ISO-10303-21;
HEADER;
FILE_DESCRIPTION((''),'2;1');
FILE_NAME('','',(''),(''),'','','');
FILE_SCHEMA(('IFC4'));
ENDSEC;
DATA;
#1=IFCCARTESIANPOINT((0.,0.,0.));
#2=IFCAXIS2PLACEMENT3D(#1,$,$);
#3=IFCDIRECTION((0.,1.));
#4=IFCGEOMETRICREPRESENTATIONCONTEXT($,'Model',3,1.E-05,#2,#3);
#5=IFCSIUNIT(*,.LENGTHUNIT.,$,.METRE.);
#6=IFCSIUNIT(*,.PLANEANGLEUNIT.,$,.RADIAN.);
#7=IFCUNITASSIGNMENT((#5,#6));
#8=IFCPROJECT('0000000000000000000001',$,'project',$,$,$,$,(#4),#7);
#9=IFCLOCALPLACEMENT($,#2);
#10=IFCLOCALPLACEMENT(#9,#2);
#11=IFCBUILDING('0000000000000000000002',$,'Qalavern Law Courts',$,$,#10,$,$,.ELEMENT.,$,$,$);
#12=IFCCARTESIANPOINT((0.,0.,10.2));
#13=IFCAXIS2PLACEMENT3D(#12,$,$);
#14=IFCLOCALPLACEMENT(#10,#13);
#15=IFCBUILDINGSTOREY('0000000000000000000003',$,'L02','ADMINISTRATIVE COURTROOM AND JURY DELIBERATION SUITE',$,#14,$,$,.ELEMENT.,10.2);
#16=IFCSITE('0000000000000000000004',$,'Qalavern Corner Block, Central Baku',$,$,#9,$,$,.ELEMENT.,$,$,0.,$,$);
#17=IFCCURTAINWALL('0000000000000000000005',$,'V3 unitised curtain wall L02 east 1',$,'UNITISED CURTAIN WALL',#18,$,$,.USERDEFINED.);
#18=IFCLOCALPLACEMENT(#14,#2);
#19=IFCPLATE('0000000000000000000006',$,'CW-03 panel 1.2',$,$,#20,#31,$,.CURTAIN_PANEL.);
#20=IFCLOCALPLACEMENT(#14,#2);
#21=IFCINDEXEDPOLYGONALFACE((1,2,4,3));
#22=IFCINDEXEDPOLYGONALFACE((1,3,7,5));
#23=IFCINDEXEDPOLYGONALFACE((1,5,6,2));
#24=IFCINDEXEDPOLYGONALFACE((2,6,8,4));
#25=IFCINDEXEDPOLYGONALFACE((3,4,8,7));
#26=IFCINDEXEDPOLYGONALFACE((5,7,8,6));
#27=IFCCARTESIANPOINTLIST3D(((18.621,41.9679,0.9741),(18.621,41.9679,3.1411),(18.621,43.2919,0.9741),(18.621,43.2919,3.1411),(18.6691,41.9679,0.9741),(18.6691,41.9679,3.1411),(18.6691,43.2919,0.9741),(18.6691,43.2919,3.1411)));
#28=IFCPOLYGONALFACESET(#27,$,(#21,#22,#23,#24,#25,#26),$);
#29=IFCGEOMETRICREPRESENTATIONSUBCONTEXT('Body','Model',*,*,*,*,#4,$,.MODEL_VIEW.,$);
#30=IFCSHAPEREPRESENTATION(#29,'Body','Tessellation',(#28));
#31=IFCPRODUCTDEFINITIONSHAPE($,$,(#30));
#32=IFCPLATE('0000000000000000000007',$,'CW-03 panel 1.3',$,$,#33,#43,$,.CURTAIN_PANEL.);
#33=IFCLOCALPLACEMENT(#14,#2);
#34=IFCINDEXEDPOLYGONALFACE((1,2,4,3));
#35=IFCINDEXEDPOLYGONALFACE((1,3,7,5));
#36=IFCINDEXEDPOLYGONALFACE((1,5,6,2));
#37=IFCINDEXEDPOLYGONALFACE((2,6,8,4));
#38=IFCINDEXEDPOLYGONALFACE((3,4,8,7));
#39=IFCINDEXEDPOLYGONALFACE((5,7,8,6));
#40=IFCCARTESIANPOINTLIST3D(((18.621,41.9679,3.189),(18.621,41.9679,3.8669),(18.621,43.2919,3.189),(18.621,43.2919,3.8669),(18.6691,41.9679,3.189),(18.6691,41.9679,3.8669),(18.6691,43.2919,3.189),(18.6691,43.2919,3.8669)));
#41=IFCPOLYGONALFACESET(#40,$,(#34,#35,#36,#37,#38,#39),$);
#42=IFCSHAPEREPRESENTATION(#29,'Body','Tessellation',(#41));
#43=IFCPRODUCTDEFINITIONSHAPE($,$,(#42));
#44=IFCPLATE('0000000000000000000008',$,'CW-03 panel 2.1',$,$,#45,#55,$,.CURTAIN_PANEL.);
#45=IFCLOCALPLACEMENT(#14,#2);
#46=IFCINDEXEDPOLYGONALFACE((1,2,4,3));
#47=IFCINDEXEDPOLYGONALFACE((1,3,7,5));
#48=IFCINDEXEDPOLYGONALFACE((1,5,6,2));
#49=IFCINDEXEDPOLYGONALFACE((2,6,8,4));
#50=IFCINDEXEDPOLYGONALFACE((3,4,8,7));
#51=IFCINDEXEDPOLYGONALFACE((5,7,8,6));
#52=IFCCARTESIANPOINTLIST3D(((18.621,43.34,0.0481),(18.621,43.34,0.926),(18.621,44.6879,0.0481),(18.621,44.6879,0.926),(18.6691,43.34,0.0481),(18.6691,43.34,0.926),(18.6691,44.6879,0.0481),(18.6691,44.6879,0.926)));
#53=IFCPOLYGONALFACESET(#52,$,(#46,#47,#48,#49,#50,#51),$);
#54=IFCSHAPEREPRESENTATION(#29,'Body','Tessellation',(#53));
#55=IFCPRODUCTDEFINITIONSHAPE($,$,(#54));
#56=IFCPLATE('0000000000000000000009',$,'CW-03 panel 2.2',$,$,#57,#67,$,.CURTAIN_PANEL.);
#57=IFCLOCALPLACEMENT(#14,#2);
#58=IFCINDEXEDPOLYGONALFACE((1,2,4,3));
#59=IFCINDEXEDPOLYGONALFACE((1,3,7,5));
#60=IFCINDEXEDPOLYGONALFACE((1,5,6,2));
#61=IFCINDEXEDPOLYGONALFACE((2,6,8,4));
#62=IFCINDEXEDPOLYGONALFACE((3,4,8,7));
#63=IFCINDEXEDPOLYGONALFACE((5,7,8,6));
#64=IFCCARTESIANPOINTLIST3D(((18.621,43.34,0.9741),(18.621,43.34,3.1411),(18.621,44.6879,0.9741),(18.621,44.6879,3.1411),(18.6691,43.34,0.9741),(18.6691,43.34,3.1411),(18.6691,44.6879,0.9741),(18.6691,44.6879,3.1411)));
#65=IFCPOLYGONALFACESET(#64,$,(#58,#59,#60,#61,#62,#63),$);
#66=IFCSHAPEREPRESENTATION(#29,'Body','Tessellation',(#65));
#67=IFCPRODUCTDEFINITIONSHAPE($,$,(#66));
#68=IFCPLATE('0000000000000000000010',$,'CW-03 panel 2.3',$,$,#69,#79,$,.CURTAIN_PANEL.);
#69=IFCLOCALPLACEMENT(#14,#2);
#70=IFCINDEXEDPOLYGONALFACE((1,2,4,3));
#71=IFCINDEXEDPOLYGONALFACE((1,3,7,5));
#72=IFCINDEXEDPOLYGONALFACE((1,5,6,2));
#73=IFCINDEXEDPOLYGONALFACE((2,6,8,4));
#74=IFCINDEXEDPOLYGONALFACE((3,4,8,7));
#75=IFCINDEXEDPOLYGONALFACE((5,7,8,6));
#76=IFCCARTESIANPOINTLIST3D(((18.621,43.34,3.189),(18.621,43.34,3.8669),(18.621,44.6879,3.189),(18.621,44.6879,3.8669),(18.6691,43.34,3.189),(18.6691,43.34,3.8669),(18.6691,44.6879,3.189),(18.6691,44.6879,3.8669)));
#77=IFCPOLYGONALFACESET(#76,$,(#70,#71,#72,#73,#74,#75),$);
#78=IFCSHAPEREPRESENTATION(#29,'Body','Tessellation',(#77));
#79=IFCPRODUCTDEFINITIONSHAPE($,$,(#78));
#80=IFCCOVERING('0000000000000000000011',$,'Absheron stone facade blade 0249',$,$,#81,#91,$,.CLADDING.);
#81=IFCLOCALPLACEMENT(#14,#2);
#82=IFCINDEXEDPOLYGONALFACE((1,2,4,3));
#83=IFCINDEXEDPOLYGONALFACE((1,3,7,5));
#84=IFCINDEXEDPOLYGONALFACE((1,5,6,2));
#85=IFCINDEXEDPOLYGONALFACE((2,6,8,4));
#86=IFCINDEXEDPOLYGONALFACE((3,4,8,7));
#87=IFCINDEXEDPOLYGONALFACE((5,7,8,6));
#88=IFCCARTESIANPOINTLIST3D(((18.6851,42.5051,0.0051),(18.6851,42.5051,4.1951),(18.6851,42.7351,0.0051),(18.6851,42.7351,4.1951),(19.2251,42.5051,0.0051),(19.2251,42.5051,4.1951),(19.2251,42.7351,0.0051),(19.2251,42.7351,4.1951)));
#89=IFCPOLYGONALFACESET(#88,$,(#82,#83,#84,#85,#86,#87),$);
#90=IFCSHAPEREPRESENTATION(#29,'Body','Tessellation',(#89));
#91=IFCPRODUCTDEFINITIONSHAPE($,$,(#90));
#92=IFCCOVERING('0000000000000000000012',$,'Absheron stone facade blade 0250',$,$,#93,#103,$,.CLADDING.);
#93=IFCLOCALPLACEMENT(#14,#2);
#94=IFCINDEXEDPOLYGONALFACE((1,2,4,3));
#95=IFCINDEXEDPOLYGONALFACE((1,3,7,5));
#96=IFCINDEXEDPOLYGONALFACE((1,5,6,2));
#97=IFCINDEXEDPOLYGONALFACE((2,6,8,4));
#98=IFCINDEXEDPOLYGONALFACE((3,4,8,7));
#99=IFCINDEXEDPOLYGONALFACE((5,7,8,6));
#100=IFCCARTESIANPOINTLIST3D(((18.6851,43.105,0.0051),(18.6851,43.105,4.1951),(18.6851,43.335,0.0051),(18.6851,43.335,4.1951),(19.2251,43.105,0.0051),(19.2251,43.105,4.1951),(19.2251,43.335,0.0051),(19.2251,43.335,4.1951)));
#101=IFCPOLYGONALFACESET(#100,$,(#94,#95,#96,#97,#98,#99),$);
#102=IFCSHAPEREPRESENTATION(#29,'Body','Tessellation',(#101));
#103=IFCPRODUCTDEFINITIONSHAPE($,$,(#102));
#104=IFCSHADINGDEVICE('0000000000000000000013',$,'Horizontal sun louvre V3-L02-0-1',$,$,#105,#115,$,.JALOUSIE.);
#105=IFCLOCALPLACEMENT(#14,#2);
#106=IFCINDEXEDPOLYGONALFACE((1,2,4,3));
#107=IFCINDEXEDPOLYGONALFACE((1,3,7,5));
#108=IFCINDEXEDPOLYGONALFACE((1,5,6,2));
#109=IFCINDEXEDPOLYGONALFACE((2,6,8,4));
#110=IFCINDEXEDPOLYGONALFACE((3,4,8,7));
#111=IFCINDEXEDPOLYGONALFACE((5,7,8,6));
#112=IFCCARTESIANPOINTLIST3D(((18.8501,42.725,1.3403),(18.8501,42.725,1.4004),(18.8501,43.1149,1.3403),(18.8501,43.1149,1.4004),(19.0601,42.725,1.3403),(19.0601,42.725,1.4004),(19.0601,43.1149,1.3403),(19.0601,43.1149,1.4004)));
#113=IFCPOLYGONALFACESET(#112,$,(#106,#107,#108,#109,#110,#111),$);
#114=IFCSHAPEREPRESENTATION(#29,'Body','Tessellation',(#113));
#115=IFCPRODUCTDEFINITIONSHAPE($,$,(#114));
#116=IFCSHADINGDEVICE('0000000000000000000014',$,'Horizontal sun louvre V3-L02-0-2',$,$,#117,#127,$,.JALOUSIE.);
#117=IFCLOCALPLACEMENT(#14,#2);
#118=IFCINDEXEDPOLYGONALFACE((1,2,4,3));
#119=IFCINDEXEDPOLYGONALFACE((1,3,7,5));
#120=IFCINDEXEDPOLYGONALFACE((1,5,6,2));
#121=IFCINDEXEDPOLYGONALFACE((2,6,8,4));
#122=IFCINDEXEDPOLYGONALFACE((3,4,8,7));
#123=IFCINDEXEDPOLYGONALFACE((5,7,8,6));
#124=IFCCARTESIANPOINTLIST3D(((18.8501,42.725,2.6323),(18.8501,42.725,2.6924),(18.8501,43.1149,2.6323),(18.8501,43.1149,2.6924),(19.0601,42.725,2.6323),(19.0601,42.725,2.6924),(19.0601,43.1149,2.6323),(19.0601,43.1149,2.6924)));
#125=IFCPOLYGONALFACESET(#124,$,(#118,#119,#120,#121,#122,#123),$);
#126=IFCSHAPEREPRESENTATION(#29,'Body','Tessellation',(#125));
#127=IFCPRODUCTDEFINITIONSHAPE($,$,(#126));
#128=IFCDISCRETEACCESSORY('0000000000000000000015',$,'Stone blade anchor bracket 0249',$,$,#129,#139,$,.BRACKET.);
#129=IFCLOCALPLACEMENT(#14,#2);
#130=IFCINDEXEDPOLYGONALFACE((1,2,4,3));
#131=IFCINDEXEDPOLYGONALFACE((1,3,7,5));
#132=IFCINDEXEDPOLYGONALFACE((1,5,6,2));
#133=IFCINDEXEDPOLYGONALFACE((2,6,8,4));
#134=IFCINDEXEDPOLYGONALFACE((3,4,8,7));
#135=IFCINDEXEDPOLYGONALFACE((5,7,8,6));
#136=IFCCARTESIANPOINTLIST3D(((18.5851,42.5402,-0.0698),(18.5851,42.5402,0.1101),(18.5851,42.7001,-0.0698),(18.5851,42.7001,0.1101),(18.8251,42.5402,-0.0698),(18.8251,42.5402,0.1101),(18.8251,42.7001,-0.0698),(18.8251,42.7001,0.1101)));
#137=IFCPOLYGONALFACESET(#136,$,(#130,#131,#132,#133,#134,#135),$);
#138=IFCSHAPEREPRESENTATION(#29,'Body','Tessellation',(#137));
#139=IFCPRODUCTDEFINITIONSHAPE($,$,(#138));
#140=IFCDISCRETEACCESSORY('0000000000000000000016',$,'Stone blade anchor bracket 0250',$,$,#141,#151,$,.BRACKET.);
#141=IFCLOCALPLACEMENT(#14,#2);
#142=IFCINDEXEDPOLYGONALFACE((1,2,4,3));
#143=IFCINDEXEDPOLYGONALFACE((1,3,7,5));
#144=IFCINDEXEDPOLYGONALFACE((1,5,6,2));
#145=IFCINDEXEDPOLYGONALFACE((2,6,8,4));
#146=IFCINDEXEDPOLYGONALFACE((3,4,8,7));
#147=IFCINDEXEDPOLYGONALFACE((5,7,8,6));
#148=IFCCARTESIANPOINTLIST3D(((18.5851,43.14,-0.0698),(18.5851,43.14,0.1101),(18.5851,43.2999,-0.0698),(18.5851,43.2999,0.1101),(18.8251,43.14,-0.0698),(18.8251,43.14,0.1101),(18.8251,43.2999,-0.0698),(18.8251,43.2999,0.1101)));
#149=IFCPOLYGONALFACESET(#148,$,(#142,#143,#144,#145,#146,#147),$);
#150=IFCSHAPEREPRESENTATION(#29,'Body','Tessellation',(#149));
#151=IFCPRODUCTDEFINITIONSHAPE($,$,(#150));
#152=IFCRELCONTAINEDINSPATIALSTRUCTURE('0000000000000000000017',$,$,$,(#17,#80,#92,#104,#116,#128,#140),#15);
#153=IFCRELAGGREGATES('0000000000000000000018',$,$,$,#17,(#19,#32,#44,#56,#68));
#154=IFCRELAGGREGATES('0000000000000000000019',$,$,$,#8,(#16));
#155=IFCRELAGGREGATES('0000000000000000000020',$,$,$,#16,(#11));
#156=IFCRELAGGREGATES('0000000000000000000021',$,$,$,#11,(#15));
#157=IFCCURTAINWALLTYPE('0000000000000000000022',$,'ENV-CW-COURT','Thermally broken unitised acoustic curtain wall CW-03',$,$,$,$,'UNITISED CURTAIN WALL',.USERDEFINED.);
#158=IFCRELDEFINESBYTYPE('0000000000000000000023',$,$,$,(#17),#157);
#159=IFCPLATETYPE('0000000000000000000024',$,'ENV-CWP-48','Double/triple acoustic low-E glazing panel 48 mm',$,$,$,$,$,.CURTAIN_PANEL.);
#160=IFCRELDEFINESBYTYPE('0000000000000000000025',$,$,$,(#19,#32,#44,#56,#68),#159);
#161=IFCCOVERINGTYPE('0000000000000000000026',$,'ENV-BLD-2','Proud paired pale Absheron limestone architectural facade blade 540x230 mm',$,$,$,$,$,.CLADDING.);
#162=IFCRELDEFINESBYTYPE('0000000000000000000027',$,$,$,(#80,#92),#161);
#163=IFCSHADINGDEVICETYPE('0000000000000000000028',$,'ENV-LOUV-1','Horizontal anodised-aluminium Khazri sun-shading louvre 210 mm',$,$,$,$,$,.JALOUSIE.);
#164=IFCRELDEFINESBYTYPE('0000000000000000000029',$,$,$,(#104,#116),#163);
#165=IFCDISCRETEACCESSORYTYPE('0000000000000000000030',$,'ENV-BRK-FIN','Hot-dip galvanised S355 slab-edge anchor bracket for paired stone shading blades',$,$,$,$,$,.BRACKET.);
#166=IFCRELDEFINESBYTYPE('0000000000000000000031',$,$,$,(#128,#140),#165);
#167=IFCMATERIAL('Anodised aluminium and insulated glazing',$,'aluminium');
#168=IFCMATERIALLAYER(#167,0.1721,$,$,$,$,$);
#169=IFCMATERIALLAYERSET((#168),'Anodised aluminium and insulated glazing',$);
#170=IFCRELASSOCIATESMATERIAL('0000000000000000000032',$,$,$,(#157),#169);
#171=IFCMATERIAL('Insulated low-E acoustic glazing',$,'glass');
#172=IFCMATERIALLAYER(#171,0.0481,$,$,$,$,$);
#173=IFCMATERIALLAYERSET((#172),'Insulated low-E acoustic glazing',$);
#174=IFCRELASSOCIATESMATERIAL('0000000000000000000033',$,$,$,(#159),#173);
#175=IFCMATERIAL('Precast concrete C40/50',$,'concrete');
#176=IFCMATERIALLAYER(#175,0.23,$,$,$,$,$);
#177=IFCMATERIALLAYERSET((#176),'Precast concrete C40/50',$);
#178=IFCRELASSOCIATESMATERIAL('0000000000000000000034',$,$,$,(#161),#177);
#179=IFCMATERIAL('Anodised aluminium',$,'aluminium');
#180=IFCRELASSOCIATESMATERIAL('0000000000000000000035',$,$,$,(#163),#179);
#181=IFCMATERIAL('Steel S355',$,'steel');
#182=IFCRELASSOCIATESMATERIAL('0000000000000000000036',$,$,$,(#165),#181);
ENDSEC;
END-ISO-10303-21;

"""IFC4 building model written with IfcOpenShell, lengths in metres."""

from ifc_helpers import new_model, si_unit, direction, frame, origin, origin_2d, place, context, subcontext, project, spatial, rectangle, extrude, material, layer, layer_set, type_object, element, aggregate, save


model = new_model("IFC4")

# Units and contexts
model_context = context("Model", 3, precision=1e-05, world=origin(), true_north=direction((0.0, 1.0)))
body_context = subcontext(model_context, "Body", "Model", "MODEL_VIEW")
ifc_project = project(units=[si_unit("LENGTHUNIT", "METRE"), si_unit("PLANEANGLEUNIT", "RADIAN")], contexts=[model_context])

# Site, building, storey
site_placement = place(None, origin())
site = spatial("IfcSite", under=ifc_project, at=site_placement, Name="Qalavern Corner Block, Central Baku", CompositionType="ELEMENT", RefElevation=0.0)
building_placement = place(site_placement, origin())
building = spatial("IfcBuilding", under=site, at=building_placement, Name="Qalavern Law Courts", CompositionType="ELEMENT")
storey_placement = place(building_placement, frame((0.0, 0.0, 10.2)))
storey = spatial("IfcBuildingStorey", under=building, at=storey_placement, Name="L02", Description="ADMINISTRATIVE COURTROOM AND JURY DELIBERATION SUITE", CompositionType="ELEMENT", Elevation=10.2)

# Curtain wall, plates
ifc_material_1 = material(Name="Anodised aluminium and insulated glazing", Category="aluminium")
ifc_layer_1 = layer(ifc_material_1, 0.1721)
ifc_layer_set_1 = layer_set([ifc_layer_1], Name="Anodised aluminium and insulated glazing")
curtain_wall_type = type_object("IfcCurtainWallType", Name="ENV-CW-COURT", Description="Thermally broken unitised acoustic curtain wall CW-03", ElementType="UNITISED CURTAIN WALL", PredefinedType="USERDEFINED", material=ifc_layer_set_1)
curtain_wall_placement = place(storey_placement, origin())
curtain_wall = element("IfcCurtainWall", 1, at=curtain_wall_placement, inside=storey, type_object=curtain_wall_type, Name="V3 unitised curtain wall L02 east 1", ObjectType="UNITISED CURTAIN WALL", PredefinedType="USERDEFINED")
ifc_material_2 = material(Name="Anodised aluminium", Category="aluminium")
ifc_material_3 = material(Name="Insulated low-E acoustic glazing", Category="glass")
ifc_layer_2 = layer(ifc_material_3, 0.0481)
ifc_layer_set_2 = layer_set([ifc_layer_2], Name="Insulated low-E acoustic glazing")
plate_type = type_object("IfcPlateType", Name="ENV-CWP-48", Description="Double/triple acoustic low-E glazing panel 48 mm", PredefinedType="CURTAIN_PANEL", material=ifc_layer_set_2)
plate_1_placement = place(storey_placement, frame((18.645, 42.6299, 0.9741), z_axis=(0.0, 0.0, 1.0), x_axis=(0.0, 1.0, 0.0)))
plate_1 = element("IfcPlate", 2, at=plate_1_placement, type_object=plate_type, Name="CW-03 panel 1.2", PredefinedType="CURTAIN_PANEL", context=body_context, shape_type="SweptSolid", body=[
    extrude(rectangle(XDim=1.324, YDim=0.0481, at=origin_2d()), origin(), (0.0, 0.0, 1.0), 2.167),
])
plate_2_placement = place(storey_placement, frame((18.645, 42.6299, 3.189), z_axis=(0.0, 0.0, 1.0), x_axis=(0.0, 1.0, 0.0)))
plate_2 = element("IfcPlate", 3, at=plate_2_placement, type_object=plate_type, Name="CW-03 panel 1.3", PredefinedType="CURTAIN_PANEL", context=body_context, shape_type="SweptSolid", body=[
    extrude(rectangle(XDim=1.324, YDim=0.0481, at=origin_2d()), origin(), (0.0, 0.0, 1.0), 0.678),
])
plate_3_placement = place(storey_placement, frame((18.645, 44.0139, 0.0481), z_axis=(0.0, 0.0, 1.0), x_axis=(0.0, 1.0, 0.0)))
plate_3 = element("IfcPlate", 4, at=plate_3_placement, type_object=plate_type, Name="CW-03 panel 2.1", PredefinedType="CURTAIN_PANEL", context=body_context, shape_type="SweptSolid", body=[
    extrude(rectangle(XDim=1.3479, YDim=0.0481, at=origin_2d()), origin(), (0.0, 0.0, 1.0), 0.8779),
])
plate_4_placement = place(storey_placement, frame((18.645, 44.0139, 0.9741), z_axis=(0.0, 0.0, 1.0), x_axis=(0.0, 1.0, 0.0)))
plate_4 = element("IfcPlate", 5, at=plate_4_placement, type_object=plate_type, Name="CW-03 panel 2.2", PredefinedType="CURTAIN_PANEL", context=body_context, shape_type="SweptSolid", body=[
    extrude(rectangle(XDim=1.3479, YDim=0.0481, at=origin_2d()), origin(), (0.0, 0.0, 1.0), 2.167),
])
plate_5_placement = place(storey_placement, frame((18.645, 44.0139, 3.189), z_axis=(0.0, 0.0, 1.0), x_axis=(0.0, 1.0, 0.0)))
plate_5 = element("IfcPlate", 6, at=plate_5_placement, type_object=plate_type, Name="CW-03 panel 2.3", PredefinedType="CURTAIN_PANEL", context=body_context, shape_type="SweptSolid", body=[
    extrude(rectangle(XDim=1.3479, YDim=0.0481, at=origin_2d()), origin(), (0.0, 0.0, 1.0), 0.678),
])
aggregate(curtain_wall, [plate_1, plate_2, plate_3, plate_4, plate_5])

# Coverings
ifc_material_4 = material(Name="Precast concrete C40/50", Category="concrete")
ifc_layer_3 = layer(ifc_material_4, 0.23)
ifc_layer_set_3 = layer_set([ifc_layer_3], Name="Precast concrete C40/50")
covering_type = type_object("IfcCoveringType", Name="ENV-BLD-2", Description="Proud paired pale Absheron limestone architectural facade blade 540x230 mm", PredefinedType="CLADDING", material=ifc_layer_set_3)
for number, where, z_axis, x_axis, name in (
    (7, (18.9551, 42.6201, 0.0051), (0.0, 0.0, 1.0), (1.0, 0.0, 0.0), "Absheron stone facade blade 0249"),
    (8, (18.9551, 43.22, 0.0051), (0.0, 0.0, 1.0), (1.0, 0.0, 0.0), "Absheron stone facade blade 0250"),
):
    element("IfcCovering", number, at=place(storey_placement, frame(where, z_axis=z_axis, x_axis=x_axis)), inside=storey, type_object=covering_type, Name=name, PredefinedType="CLADDING", context=body_context, shape_type="SweptSolid", body=[
        extrude(rectangle(XDim=0.54, YDim=0.23, at=origin_2d()), origin(), (0.0, 0.0, 1.0), 4.1899),
    ])

# Shading devices
shading_device_type = type_object("IfcShadingDeviceType", Name="ENV-LOUV-1", Description="Horizontal anodised-aluminium Khazri sun-shading louvre 210 mm", PredefinedType="JALOUSIE", material=ifc_material_2)
for number, where, z_axis, x_axis, name in (
    (9, (18.9551, 42.9199, 1.3403), (0.0, 0.0, 1.0), (0.0, 1.0, 0.0), "Horizontal sun louvre V3-L02-0-1"),
    (10, (18.9551, 42.9199, 2.6323), (0.0, 0.0, 1.0), (0.0, 1.0, 0.0), "Horizontal sun louvre V3-L02-0-2"),
):
    element("IfcShadingDevice", number, at=place(storey_placement, frame(where, z_axis=z_axis, x_axis=x_axis)), inside=storey, type_object=shading_device_type, Name=name, PredefinedType="JALOUSIE", context=body_context, shape_type="SweptSolid", body=[
        extrude(rectangle(XDim=0.3899, YDim=0.21, at=origin_2d()), origin(), (0.0, 0.0, 1.0), 0.0601),
    ])

# Discrete accessories
ifc_material_5 = material(Name="Steel S355", Category="steel")
discrete_accessory_type = type_object("IfcDiscreteAccessoryType", Name="ENV-BRK-FIN", Description="Hot-dip galvanised S355 slab-edge anchor bracket for paired stone shading blades", PredefinedType="BRACKET", material=ifc_material_5)
for number, where, z_axis, x_axis, name in (
    (11, (18.7051, 42.6201, -0.0698), (0.0, 0.0, 1.0), (1.0, 0.0, 0.0), "Stone blade anchor bracket 0249"),
    (12, (18.7051, 43.22, -0.0698), (0.0, 0.0, 1.0), (1.0, 0.0, 0.0), "Stone blade anchor bracket 0250"),
):
    element("IfcDiscreteAccessory", number, at=place(storey_placement, frame(where, z_axis=z_axis, x_axis=x_axis)), inside=storey, type_object=discrete_accessory_type, Name=name, PredefinedType="BRACKET", context=body_context, shape_type="SweptSolid", body=[
        extrude(rectangle(XDim=0.24, YDim=0.1599, at=origin_2d()), origin(), (0.0, 0.0, 1.0), 0.1799),
    ])

save(model, "model.ifc")
